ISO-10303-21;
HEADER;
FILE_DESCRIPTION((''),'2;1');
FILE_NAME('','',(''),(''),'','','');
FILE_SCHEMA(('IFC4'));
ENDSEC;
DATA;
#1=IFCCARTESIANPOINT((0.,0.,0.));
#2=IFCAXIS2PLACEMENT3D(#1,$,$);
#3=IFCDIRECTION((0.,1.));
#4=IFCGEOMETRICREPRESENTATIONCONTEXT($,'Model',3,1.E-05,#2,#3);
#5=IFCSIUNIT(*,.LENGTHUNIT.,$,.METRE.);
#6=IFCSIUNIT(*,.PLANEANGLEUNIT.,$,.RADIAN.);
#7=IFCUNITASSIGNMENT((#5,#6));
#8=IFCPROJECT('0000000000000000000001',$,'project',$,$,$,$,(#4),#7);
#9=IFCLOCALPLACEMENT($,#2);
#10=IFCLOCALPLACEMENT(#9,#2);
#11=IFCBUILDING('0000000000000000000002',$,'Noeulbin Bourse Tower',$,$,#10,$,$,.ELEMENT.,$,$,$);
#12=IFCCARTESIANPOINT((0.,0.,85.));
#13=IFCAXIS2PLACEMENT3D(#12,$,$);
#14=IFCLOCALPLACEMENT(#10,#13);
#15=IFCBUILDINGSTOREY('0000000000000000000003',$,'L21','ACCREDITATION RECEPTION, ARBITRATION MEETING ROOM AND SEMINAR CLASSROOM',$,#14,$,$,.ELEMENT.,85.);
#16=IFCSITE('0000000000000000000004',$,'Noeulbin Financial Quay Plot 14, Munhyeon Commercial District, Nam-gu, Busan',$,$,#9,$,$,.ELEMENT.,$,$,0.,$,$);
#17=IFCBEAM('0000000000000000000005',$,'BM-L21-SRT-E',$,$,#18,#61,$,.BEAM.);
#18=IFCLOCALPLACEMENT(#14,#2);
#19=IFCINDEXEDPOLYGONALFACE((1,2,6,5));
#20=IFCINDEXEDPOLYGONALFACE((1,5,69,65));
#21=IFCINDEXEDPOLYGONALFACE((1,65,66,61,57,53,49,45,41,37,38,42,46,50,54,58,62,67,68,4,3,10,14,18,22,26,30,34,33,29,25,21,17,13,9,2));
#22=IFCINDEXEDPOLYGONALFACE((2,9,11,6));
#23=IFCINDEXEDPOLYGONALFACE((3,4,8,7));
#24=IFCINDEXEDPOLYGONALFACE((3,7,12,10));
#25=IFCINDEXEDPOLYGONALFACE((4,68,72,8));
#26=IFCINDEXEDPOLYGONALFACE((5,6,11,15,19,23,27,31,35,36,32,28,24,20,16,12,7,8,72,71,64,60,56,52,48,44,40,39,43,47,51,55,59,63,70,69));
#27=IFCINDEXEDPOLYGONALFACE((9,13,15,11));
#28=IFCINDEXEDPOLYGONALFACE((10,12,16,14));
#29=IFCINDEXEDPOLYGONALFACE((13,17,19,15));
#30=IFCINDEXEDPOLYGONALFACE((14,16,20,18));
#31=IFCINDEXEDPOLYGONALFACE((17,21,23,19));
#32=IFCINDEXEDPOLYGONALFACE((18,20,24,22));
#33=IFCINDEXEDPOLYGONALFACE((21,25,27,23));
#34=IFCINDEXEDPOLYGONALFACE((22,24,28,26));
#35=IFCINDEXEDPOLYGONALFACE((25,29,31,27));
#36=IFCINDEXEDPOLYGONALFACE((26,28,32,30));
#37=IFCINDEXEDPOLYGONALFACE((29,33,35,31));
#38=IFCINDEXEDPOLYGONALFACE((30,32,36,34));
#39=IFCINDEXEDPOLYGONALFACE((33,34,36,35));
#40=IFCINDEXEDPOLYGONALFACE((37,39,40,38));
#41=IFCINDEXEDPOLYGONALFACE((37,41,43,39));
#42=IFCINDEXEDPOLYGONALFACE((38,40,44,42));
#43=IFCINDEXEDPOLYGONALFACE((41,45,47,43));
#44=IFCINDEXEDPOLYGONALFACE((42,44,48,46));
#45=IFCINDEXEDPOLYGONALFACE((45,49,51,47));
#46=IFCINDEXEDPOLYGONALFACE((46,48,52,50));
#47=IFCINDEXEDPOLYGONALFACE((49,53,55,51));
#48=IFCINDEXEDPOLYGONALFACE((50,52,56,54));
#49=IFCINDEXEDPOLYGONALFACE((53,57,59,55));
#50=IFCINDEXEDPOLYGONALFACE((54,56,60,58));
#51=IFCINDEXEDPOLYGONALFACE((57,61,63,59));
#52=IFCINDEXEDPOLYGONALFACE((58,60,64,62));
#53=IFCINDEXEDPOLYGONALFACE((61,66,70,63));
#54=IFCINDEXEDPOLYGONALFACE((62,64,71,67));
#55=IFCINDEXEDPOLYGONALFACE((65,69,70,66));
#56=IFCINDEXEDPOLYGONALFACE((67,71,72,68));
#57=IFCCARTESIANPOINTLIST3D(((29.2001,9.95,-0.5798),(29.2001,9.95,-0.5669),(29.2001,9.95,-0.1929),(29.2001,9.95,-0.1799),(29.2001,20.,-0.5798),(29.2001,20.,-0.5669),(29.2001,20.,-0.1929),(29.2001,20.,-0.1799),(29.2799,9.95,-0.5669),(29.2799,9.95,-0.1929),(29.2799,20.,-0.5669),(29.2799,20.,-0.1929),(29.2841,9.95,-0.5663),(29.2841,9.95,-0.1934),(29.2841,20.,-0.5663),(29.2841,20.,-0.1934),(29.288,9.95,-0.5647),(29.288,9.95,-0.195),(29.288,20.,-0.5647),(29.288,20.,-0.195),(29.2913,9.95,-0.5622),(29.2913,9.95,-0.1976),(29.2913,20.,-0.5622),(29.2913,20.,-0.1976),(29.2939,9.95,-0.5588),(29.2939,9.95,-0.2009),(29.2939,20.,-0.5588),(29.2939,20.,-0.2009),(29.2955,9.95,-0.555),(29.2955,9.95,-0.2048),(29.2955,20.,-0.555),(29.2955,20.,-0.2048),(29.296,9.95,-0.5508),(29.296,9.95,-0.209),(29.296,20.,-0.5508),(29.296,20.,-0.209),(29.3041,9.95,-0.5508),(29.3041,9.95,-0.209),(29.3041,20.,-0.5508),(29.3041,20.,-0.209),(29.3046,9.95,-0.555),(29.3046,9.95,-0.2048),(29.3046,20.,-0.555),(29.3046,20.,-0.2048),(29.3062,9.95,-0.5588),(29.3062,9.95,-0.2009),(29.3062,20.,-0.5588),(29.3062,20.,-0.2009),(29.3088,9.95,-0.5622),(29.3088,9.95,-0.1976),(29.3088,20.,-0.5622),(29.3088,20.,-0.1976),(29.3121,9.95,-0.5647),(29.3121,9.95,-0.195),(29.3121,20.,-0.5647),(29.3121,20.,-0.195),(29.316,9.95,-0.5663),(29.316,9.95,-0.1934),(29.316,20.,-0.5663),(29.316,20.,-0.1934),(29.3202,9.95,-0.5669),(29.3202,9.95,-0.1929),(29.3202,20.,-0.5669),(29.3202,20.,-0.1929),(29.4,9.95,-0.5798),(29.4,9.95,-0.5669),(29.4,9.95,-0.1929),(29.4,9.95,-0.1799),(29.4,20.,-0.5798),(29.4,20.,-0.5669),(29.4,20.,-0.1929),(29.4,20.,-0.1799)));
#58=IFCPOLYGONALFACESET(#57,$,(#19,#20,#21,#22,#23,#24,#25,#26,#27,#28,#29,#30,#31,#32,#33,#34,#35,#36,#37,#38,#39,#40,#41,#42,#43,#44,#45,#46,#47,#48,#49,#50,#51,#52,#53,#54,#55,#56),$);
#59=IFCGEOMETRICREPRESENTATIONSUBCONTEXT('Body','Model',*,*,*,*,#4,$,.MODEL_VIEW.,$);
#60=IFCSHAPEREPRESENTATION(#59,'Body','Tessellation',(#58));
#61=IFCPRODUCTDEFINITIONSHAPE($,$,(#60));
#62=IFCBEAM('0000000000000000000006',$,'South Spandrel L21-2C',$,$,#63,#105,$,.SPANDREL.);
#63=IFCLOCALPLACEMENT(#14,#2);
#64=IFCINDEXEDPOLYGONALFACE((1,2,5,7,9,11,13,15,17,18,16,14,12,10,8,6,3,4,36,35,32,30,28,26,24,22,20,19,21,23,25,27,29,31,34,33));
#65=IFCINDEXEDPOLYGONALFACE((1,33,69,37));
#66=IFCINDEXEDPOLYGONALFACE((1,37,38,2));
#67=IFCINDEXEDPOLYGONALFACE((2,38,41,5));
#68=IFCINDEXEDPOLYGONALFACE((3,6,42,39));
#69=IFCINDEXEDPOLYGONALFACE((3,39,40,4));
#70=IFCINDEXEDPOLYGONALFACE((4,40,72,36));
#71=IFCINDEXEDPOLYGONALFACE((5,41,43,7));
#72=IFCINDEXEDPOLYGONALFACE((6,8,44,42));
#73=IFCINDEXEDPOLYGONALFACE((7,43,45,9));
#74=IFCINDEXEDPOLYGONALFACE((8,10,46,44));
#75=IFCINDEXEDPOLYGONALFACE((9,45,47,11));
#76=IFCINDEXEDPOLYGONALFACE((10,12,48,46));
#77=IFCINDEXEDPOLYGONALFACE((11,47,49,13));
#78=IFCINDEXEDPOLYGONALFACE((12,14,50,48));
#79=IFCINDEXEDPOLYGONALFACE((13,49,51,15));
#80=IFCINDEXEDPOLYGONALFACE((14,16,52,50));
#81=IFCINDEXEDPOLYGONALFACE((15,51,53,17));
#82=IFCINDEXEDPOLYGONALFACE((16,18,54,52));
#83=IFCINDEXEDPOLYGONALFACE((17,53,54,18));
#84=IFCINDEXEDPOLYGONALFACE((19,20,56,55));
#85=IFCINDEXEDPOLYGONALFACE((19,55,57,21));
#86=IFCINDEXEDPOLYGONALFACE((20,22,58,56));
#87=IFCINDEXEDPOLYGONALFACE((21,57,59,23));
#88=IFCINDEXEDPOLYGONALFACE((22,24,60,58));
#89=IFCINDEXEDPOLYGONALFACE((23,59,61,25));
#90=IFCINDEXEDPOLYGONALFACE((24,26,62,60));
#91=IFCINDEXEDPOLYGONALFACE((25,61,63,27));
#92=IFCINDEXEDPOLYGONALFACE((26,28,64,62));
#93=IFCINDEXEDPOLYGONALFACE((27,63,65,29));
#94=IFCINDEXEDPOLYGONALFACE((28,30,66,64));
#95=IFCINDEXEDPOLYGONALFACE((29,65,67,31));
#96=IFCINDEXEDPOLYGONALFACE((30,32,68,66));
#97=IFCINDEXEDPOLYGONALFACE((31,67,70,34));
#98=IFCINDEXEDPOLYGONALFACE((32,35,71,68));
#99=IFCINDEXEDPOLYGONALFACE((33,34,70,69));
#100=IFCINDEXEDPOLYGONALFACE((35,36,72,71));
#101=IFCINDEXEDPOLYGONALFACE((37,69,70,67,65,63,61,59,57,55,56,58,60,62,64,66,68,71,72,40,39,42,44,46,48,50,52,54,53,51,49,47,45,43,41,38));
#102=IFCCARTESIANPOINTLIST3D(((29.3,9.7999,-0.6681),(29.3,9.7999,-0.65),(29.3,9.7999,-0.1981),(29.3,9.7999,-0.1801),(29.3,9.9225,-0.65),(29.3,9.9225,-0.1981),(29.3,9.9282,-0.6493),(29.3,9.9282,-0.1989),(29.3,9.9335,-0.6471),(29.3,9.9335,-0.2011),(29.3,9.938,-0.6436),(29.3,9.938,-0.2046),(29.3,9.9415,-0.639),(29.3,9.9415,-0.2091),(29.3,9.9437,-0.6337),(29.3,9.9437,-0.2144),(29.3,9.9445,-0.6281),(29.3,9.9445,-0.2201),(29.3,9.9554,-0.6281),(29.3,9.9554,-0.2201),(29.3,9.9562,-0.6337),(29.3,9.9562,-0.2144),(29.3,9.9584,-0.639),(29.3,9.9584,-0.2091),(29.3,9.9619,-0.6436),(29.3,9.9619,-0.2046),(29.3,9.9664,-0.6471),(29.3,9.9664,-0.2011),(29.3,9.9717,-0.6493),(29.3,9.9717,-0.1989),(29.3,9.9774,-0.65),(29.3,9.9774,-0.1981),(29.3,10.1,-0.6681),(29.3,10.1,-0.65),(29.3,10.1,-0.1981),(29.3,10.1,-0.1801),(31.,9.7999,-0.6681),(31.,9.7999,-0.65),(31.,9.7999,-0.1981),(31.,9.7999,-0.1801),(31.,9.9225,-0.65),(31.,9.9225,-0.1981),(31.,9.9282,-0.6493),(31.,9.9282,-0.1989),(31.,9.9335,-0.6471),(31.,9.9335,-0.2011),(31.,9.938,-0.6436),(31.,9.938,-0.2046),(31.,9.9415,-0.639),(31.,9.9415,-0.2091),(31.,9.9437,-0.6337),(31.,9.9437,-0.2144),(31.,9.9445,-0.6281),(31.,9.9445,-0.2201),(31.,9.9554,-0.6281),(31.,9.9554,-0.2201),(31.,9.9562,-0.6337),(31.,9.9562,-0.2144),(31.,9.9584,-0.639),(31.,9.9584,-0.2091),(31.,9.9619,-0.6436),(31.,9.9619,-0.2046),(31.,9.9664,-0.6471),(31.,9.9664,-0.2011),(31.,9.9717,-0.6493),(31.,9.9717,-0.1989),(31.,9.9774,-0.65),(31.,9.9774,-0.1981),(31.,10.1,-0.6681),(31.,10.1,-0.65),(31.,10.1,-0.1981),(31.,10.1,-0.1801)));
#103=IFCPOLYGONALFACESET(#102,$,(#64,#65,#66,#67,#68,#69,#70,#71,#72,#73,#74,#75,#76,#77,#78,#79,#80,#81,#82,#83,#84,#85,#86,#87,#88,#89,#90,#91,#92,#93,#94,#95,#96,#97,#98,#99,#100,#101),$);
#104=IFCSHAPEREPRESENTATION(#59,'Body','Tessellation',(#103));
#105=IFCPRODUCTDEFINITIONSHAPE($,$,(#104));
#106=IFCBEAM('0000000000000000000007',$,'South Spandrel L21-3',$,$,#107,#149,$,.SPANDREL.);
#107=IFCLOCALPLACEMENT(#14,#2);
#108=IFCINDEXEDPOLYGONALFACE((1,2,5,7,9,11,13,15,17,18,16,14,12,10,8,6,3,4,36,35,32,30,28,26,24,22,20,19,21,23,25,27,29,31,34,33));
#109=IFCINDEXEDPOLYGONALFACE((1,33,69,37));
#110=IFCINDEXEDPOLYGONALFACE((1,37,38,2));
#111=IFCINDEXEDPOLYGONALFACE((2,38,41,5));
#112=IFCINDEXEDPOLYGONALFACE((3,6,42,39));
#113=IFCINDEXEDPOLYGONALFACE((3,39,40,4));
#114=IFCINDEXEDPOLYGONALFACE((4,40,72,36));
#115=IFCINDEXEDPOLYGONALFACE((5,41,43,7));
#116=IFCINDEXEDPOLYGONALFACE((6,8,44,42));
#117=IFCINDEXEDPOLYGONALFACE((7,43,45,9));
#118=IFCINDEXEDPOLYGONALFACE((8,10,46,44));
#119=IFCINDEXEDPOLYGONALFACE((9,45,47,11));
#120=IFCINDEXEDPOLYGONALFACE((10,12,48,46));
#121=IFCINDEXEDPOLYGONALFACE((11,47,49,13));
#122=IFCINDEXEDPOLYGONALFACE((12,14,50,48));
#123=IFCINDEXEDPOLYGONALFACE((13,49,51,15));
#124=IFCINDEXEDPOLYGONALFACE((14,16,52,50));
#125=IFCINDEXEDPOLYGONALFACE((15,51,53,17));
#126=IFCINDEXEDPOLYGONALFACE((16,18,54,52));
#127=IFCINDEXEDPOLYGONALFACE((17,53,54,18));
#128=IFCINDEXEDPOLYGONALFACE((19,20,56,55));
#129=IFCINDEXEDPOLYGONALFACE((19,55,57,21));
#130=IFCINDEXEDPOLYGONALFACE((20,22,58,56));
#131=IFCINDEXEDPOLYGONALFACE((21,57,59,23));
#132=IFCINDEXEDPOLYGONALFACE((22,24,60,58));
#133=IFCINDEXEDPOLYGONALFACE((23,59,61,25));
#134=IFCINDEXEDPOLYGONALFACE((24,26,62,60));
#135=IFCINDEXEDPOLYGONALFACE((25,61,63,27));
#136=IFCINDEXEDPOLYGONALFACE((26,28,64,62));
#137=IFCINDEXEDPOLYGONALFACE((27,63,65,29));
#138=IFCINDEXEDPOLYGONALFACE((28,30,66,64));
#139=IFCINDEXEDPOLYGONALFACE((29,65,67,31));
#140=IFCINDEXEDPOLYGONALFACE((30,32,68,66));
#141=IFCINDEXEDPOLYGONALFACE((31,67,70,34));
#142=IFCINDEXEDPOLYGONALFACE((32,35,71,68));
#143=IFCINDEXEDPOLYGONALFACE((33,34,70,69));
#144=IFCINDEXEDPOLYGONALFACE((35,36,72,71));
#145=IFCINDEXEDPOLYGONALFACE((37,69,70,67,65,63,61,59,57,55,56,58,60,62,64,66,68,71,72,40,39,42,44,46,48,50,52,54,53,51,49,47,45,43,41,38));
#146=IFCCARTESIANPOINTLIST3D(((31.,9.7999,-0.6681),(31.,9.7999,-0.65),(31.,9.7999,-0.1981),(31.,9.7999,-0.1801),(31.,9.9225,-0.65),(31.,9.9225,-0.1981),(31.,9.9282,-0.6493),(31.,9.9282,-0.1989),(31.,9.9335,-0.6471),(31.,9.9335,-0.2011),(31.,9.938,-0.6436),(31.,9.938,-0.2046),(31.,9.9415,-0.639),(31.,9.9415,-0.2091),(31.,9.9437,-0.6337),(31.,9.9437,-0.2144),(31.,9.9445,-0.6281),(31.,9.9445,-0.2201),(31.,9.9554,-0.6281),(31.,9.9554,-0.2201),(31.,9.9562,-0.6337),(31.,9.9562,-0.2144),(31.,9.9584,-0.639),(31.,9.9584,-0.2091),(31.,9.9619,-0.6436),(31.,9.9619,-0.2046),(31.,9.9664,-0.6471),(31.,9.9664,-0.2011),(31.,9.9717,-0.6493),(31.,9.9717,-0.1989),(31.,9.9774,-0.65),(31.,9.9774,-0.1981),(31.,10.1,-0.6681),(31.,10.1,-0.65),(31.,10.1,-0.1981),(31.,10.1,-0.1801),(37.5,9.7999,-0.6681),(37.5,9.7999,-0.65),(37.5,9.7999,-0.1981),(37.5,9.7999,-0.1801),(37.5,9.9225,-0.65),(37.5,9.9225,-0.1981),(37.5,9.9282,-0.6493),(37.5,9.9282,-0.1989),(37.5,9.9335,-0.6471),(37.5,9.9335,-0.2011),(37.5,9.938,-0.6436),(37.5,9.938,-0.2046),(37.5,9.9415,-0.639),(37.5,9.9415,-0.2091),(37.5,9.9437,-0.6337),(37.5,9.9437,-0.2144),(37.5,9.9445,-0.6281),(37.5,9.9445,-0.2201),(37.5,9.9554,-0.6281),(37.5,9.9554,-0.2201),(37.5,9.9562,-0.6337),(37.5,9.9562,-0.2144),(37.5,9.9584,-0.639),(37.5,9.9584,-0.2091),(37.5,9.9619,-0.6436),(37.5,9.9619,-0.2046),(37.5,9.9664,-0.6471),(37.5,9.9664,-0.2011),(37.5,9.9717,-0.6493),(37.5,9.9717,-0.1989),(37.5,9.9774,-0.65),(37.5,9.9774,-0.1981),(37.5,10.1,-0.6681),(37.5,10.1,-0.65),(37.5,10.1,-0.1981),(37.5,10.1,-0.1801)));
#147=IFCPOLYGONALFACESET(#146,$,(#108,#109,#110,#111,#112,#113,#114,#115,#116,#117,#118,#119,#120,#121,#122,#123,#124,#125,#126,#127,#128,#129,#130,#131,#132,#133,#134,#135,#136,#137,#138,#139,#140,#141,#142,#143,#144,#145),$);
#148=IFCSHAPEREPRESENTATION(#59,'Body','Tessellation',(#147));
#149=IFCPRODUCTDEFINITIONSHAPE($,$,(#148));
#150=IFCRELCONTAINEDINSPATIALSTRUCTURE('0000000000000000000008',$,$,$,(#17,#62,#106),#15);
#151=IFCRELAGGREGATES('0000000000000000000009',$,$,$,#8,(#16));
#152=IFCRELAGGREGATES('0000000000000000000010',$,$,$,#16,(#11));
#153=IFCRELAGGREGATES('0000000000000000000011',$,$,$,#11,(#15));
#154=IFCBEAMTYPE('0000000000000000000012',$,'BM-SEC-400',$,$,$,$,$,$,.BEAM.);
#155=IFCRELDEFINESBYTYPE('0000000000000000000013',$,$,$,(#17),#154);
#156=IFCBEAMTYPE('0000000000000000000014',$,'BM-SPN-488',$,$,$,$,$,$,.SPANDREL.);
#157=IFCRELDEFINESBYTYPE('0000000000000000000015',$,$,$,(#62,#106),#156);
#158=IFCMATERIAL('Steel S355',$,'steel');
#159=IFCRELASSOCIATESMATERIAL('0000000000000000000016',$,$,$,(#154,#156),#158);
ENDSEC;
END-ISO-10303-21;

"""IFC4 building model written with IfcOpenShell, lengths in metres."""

from ifc_helpers import new_model, si_unit, direction, frame, origin, origin_2d, place, context, subcontext, project, spatial, i_section, extrude, material, material_profile, profile_set, type_object, element, save


model = new_model("IFC4")

# Units and contexts
model_context = context("Model", 3, precision=1e-05, world=origin(), true_north=direction((0.0, 1.0)))
body_context = subcontext(model_context, "Body", "Model", "MODEL_VIEW")
ifc_project = project(units=[si_unit("LENGTHUNIT", "METRE"), si_unit("PLANEANGLEUNIT", "RADIAN")], contexts=[model_context])

# Site, building, storey
site_placement = place(None, origin())
site = spatial("IfcSite", under=ifc_project, at=site_placement, Name="Noeulbin Financial Quay Plot 14, Munhyeon Commercial District, Nam-gu, Busan", CompositionType="ELEMENT", RefElevation=0.0)
building_placement = place(site_placement, origin())
building = spatial("IfcBuilding", under=site, at=building_placement, Name="Noeulbin Bourse Tower", CompositionType="ELEMENT")
storey_placement = place(building_placement, frame((0.0, 0.0, 85.0)))
storey = spatial("IfcBuildingStorey", under=building, at=storey_placement, Name="L21", Description="ACCREDITATION RECEPTION, ARBITRATION MEETING ROOM AND SEMINAR CLASSROOM", CompositionType="ELEMENT", Elevation=85.0)

# Beams
ifc_material_1 = material(Name="Steel S355", Category="steel")
ifc_material_profile_1 = material_profile(ifc_material_1, i_section(OverallWidth=0.2, OverallDepth=0.3999, WebThickness=0.0081, FlangeThickness=0.0129, FilletRadius=0.0161, at=origin_2d()), Name="H-400x200x8x13", Category="LoadBearing")
ifc_profile_set_1 = profile_set([ifc_material_profile_1], Name="Steel S355")
beam_type_1 = type_object("IfcBeamType", Name="BM-SEC-400", PredefinedType="BEAM", material=ifc_profile_set_1)
beam_1_placement = place(storey_placement, frame((29.3, 9.95, -0.3799), z_axis=(0.0, 1.0, 0.0), x_axis=(-1.0, 0.0, 0.0)))
element("IfcBeam", 1, at=beam_1_placement, inside=storey, type_object=beam_type_1, Name="BM-L21-SRT-E", PredefinedType="BEAM", context=body_context, shape_type="SweptSolid", body=[
    extrude(i_section(OverallWidth=0.2, OverallDepth=0.3999, WebThickness=0.0081, FlangeThickness=0.0129, FilletRadius=0.0161, at=origin_2d()), origin(), (0.0, 0.0, 1.0), 10.05),
])
ifc_material_profile_2 = material_profile(ifc_material_1, i_section(OverallWidth=0.3, OverallDepth=0.488, WebThickness=0.011, FlangeThickness=0.0181, FilletRadius=0.022, at=origin_2d()), Name="H-488x300x11x18", Category="LoadBearing")
ifc_profile_set_2 = profile_set([ifc_material_profile_2], Name="Steel S355")
beam_type_2 = type_object("IfcBeamType", Name="BM-SPN-488", PredefinedType="SPANDREL", material=ifc_profile_set_2)
beam_2_placement = place(storey_placement, frame((29.3, 9.95, -0.4241), z_axis=(1.0, 0.0, 0.0), x_axis=(0.0, 1.0, 0.0)))
element("IfcBeam", 2, at=beam_2_placement, inside=storey, type_object=beam_type_2, Name="South Spandrel L21-2C", PredefinedType="SPANDREL", context=body_context, shape_type="SweptSolid", body=[
    extrude(i_section(OverallWidth=0.3, OverallDepth=0.488, WebThickness=0.011, FlangeThickness=0.0181, FilletRadius=0.022, at=origin_2d()), origin(), (0.0, 0.0, 1.0), 1.7),
])
beam_3_placement = place(storey_placement, frame((31.0, 9.95, -0.4241), z_axis=(1.0, 0.0, 0.0), x_axis=(0.0, 1.0, 0.0)))
element("IfcBeam", 3, at=beam_3_placement, inside=storey, type_object=beam_type_2, Name="South Spandrel L21-3", PredefinedType="SPANDREL", context=body_context, shape_type="SweptSolid", body=[
    extrude(i_section(OverallWidth=0.3, OverallDepth=0.488, WebThickness=0.011, FlangeThickness=0.0181, FilletRadius=0.022, at=origin_2d()), origin(), (0.0, 0.0, 1.0), 6.5),
])

save(model, "model.ifc")
